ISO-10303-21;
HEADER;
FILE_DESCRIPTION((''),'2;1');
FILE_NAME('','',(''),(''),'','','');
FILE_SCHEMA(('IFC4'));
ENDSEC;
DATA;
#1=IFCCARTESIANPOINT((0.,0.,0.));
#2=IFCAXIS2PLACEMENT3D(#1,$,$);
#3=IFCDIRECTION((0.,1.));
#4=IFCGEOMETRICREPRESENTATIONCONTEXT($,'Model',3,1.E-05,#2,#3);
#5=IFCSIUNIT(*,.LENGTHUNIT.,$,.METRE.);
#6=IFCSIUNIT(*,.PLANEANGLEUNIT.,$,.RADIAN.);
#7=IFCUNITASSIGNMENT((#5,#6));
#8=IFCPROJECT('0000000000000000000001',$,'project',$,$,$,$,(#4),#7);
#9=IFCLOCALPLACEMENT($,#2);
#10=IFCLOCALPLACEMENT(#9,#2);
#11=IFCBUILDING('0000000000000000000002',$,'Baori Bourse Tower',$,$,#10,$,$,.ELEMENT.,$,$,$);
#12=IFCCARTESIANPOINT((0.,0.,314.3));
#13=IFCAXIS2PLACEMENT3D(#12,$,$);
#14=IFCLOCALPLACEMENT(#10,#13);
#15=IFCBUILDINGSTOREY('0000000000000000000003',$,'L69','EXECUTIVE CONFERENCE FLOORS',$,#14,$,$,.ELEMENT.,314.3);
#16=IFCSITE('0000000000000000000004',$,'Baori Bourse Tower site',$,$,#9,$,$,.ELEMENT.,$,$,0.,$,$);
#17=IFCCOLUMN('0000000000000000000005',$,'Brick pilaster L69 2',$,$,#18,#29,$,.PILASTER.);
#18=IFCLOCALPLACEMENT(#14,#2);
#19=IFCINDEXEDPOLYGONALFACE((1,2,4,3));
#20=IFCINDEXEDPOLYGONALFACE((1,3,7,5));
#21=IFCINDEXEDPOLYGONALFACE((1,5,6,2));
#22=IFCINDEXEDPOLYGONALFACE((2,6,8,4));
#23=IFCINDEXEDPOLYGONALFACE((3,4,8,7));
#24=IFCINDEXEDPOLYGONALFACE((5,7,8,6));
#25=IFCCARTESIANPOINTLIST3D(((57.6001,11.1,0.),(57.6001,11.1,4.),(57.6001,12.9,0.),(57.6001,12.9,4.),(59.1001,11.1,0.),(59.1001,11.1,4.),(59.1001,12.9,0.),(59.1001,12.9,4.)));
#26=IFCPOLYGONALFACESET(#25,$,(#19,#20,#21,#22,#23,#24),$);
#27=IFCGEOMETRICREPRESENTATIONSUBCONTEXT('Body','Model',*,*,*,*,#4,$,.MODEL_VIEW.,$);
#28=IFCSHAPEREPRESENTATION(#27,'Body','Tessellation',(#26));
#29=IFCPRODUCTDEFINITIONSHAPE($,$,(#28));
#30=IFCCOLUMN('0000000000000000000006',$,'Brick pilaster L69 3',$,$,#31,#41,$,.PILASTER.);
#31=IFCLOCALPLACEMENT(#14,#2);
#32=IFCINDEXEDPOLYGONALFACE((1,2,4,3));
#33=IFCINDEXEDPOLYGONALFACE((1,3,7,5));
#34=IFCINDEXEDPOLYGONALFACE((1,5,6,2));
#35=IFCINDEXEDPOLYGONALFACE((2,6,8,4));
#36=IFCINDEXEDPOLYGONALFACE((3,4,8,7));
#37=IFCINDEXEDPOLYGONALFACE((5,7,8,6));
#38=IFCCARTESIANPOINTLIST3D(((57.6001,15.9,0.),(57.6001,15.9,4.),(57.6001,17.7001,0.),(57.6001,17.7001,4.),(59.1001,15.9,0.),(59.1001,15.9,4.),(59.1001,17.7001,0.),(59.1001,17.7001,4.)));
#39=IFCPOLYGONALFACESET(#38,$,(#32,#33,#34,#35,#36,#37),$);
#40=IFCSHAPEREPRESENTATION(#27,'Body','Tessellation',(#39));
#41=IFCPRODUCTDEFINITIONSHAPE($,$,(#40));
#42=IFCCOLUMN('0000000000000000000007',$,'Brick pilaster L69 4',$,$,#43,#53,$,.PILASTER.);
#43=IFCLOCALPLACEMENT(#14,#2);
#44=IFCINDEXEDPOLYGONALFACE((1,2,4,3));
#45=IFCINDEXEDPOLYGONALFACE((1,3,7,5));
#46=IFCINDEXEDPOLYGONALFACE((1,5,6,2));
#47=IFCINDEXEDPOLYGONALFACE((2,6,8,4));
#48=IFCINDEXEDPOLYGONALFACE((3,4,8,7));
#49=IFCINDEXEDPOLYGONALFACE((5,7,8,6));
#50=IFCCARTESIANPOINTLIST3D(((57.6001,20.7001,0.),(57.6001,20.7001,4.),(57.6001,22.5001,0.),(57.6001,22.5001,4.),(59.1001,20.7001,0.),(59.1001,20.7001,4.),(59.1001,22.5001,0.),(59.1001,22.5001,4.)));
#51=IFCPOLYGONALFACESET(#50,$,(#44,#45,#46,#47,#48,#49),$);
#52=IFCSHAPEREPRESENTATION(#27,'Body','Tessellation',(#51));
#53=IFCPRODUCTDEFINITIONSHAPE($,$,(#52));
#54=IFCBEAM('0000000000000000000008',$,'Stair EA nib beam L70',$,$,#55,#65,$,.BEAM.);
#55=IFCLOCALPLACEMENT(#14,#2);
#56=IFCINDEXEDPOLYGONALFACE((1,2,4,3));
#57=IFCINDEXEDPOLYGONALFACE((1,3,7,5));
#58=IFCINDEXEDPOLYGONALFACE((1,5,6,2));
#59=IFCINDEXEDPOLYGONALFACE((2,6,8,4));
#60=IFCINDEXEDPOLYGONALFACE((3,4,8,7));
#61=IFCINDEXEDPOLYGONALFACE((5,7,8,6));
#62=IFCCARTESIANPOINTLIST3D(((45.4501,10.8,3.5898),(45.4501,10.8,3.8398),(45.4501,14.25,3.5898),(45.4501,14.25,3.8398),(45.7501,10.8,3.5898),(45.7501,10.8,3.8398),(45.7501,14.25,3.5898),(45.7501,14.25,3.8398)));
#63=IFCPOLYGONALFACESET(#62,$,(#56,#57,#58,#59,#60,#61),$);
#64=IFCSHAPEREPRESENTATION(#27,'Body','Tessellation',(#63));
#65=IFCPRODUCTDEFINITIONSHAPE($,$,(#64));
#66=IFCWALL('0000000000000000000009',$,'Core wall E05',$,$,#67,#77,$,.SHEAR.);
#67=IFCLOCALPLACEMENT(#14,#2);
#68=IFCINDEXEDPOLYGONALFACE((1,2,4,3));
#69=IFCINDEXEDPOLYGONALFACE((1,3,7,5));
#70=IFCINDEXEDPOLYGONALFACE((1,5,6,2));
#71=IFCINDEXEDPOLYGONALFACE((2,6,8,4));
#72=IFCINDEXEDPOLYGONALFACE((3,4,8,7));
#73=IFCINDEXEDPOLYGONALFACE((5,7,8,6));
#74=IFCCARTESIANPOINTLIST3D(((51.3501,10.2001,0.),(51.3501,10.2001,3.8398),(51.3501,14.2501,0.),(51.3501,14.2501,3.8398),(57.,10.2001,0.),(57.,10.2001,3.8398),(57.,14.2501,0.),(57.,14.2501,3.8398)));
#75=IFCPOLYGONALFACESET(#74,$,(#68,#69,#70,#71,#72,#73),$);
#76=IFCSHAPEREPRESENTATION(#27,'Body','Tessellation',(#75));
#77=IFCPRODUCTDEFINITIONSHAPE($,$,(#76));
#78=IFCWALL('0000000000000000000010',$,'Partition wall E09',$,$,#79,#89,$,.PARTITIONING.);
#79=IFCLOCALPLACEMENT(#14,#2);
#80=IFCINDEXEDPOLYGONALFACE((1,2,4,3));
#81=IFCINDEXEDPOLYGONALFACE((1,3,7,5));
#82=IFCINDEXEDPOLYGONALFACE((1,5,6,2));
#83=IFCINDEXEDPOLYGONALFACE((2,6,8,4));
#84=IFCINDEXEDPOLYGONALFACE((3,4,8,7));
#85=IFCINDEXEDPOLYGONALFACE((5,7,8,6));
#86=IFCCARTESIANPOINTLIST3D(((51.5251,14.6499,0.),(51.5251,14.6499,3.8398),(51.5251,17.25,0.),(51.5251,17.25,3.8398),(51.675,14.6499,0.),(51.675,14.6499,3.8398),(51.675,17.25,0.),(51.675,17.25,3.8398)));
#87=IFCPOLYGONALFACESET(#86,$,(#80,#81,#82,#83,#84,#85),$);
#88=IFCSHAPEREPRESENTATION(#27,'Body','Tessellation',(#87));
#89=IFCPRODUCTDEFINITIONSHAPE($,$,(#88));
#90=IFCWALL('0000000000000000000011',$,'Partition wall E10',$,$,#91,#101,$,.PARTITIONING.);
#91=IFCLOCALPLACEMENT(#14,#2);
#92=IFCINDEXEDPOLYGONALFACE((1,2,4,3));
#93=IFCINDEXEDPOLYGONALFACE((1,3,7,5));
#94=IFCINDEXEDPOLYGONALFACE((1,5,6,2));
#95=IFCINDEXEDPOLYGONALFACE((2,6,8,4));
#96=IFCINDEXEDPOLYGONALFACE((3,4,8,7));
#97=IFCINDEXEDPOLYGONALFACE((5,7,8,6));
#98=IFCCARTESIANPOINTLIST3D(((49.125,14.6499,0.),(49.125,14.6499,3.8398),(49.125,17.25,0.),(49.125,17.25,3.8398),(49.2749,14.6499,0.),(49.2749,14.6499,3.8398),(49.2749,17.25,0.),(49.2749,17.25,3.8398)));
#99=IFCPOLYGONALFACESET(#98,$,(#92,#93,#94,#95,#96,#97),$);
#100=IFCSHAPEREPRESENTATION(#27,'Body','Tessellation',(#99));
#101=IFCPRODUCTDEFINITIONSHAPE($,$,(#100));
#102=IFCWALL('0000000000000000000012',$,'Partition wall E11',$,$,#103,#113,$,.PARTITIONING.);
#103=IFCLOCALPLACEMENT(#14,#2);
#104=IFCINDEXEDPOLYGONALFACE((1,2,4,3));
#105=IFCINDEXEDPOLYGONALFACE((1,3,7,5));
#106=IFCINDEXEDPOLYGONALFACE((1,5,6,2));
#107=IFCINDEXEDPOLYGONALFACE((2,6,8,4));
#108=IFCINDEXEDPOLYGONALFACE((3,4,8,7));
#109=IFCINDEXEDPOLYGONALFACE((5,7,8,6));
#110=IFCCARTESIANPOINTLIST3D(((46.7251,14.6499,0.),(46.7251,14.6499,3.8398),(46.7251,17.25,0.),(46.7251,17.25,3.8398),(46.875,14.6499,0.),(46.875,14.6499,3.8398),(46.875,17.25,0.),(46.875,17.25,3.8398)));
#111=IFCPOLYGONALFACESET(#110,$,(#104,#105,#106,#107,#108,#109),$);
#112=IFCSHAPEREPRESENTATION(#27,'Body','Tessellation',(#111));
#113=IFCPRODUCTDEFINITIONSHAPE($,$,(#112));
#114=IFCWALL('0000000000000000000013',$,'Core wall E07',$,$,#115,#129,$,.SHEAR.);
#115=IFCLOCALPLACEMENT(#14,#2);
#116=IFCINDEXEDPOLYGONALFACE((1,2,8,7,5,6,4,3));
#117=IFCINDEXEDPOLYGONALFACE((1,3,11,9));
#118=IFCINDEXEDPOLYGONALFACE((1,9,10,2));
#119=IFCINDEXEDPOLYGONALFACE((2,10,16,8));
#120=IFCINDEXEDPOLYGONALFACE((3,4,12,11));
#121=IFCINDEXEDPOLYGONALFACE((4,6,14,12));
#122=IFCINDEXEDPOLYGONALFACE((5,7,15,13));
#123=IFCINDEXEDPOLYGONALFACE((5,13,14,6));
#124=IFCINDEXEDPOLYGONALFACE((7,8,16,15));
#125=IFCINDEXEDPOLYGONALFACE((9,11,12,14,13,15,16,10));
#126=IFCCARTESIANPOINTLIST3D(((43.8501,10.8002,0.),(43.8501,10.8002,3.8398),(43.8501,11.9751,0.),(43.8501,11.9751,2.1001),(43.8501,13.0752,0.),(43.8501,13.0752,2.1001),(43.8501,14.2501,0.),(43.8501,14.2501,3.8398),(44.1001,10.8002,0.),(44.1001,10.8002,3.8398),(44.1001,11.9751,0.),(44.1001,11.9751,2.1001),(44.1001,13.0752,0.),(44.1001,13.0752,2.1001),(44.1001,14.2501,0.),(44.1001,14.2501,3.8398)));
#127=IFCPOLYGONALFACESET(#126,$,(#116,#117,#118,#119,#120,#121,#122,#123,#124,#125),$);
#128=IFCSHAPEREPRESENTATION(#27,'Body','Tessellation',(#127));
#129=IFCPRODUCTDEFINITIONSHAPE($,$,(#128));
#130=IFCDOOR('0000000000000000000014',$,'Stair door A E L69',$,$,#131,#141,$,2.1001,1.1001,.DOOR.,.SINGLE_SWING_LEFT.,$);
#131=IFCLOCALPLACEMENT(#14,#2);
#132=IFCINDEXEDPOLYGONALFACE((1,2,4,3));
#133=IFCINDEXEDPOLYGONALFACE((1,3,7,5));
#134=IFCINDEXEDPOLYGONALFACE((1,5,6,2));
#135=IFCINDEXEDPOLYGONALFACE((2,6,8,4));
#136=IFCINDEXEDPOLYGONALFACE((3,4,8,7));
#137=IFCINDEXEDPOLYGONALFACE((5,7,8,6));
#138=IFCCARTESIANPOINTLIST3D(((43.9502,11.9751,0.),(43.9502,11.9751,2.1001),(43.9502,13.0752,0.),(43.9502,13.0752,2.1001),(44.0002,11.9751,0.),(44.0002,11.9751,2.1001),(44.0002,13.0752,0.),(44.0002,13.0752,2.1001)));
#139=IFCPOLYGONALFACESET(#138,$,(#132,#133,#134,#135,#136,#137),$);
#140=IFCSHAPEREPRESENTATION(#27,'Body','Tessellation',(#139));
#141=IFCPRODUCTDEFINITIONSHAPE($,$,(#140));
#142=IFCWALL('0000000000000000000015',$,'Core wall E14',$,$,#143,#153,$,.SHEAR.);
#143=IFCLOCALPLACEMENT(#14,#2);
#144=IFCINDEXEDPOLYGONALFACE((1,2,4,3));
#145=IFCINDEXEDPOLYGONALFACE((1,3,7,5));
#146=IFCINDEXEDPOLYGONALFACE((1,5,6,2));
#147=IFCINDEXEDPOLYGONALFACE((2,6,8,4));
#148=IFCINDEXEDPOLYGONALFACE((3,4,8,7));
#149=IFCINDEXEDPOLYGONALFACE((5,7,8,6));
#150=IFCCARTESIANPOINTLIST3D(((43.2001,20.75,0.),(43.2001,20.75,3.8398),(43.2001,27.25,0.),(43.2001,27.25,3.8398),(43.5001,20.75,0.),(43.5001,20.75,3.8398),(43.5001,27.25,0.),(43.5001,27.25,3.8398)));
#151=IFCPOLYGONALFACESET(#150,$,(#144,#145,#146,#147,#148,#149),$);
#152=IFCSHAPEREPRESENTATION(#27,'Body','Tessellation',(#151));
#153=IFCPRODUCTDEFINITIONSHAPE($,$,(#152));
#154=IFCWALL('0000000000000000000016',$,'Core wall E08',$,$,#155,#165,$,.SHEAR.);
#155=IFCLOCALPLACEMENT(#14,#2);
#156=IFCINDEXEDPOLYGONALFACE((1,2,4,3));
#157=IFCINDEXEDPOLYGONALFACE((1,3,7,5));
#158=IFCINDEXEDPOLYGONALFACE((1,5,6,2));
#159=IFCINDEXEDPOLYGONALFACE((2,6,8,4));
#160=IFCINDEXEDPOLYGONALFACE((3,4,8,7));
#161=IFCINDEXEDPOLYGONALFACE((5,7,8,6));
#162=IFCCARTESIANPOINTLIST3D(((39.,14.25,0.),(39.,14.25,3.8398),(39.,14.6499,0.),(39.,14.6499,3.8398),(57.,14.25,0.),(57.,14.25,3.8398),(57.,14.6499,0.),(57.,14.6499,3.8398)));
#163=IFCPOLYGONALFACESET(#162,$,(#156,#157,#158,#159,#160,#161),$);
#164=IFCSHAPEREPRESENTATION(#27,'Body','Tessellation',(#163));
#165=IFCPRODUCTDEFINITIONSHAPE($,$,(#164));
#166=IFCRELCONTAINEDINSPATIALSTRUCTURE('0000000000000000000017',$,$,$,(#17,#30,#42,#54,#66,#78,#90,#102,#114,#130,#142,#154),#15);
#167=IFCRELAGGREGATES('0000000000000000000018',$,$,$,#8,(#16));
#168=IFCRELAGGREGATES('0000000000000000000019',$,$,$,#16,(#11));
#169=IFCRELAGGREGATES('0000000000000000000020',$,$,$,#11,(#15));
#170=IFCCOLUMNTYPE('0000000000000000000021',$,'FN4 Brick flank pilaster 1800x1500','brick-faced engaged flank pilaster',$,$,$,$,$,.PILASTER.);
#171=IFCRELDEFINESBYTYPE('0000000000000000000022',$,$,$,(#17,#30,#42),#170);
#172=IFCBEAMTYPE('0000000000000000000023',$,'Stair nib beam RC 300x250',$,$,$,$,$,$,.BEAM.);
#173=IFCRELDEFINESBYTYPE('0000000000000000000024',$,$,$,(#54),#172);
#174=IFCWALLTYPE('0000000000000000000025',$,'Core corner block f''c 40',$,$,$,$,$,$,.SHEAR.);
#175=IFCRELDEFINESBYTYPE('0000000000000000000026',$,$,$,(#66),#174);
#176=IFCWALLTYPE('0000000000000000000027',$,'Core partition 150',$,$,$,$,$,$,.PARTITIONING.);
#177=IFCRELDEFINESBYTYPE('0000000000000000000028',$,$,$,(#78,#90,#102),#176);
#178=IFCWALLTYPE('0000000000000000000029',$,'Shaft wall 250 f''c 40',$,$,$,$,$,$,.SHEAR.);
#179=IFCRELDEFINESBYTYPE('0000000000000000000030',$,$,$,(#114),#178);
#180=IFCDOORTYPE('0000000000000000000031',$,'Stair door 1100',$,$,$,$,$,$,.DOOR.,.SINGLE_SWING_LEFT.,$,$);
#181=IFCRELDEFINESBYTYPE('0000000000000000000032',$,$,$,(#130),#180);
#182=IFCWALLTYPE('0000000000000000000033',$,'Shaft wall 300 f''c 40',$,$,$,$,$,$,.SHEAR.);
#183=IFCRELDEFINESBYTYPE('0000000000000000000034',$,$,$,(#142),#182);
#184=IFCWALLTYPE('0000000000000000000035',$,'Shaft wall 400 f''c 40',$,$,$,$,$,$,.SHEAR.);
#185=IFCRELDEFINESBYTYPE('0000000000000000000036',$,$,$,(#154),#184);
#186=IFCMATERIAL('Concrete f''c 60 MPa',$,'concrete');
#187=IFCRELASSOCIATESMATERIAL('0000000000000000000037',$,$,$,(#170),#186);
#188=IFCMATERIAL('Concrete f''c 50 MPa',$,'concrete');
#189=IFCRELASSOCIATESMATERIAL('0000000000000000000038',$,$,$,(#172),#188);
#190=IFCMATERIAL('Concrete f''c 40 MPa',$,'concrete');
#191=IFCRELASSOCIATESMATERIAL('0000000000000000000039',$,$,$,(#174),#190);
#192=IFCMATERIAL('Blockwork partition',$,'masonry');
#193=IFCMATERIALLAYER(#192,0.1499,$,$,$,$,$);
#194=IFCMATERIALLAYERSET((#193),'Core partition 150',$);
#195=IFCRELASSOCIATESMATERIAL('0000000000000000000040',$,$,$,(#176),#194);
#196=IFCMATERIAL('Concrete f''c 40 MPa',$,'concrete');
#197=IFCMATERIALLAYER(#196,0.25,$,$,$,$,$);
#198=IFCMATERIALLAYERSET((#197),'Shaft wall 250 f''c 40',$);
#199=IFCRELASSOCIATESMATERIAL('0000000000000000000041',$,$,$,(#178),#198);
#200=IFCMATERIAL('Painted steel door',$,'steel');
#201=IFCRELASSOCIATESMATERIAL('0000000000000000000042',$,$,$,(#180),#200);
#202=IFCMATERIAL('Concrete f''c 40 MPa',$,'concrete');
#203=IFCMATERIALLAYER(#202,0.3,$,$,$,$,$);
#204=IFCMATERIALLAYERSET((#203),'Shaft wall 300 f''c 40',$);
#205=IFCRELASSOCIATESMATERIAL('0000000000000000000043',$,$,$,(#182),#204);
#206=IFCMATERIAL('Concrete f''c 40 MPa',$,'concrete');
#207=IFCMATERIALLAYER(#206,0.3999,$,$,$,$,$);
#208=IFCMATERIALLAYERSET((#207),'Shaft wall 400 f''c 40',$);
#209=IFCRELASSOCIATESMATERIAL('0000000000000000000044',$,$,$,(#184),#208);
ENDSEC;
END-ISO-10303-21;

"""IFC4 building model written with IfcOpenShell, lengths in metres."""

from ifc_helpers import new_model, si_unit, direction, frame, frame_2d, origin, origin_2d, place, context, subcontext, project, spatial, rectangle, extrude, material, layer, layer_set, material_profile, profile_set, type_object, element, fill, save


model = new_model("IFC4")

# Units and contexts
model_context = context("Model", 3, precision=1e-05, world=origin(), true_north=direction((0.0, 1.0)))
body_context = subcontext(model_context, "Body", "Model", "MODEL_VIEW")
ifc_project = project(units=[si_unit("LENGTHUNIT", "METRE"), si_unit("PLANEANGLEUNIT", "RADIAN")], contexts=[model_context])

# Site, building, storey
site_placement = place(None, origin())
site = spatial("IfcSite", under=ifc_project, at=site_placement, Name="Baori Bourse Tower site", CompositionType="ELEMENT", RefElevation=0.0)
building_placement = place(site_placement, origin())
building = spatial("IfcBuilding", under=site, at=building_placement, Name="Baori Bourse Tower", CompositionType="ELEMENT")
storey_placement = place(building_placement, frame((0.0, 0.0, 314.3)))
storey = spatial("IfcBuildingStorey", under=building, at=storey_placement, Name="L69", Description="EXECUTIVE CONFERENCE FLOORS", CompositionType="ELEMENT", Elevation=314.3)

# Columns
ifc_material_1 = material(Name="Concrete f'c 60 MPa", Category="concrete")
ifc_material_profile_1 = material_profile(ifc_material_1, rectangle(XDim=1.8, YDim=1.5, at=origin_2d()), Name="RC 1800x1500")
ifc_profile_set_1 = profile_set([ifc_material_profile_1], Name="Concrete f'c 60 MPa")
column_type = type_object("IfcColumnType", Name="FN4 Brick flank pilaster 1800x1500", Description="brick-faced engaged flank pilaster", PredefinedType="PILASTER", material=ifc_profile_set_1)
for number, where, z_axis, x_axis, name in (
    (1, (58.3501, 12.0, 0.0), (0.0, 0.0, 1.0), (0.0, 1.0, 0.0), "Brick pilaster L69 2"),
    (2, (58.3501, 16.8, 0.0), (0.0, 0.0, 1.0), (0.0, 1.0, 0.0), "Brick pilaster L69 3"),
    (3, (58.3501, 21.6001, 0.0), (0.0, 0.0, 1.0), (0.0, 1.0, 0.0), "Brick pilaster L69 4"),
):
    element("IfcColumn", number, at=place(storey_placement, frame(where, z_axis=z_axis, x_axis=x_axis)), inside=storey, type_object=column_type, Name=name, PredefinedType="PILASTER", context=body_context, shape_type="SweptSolid", body=[
        extrude(rectangle(XDim=1.8, YDim=1.5, at=origin_2d()), origin(), (0.0, 0.0, 1.0), 4.0),
    ])

# Beam
ifc_material_2 = material(Name="Concrete f'c 50 MPa", Category="concrete")
ifc_material_profile_2 = material_profile(ifc_material_2, rectangle(XDim=0.3, YDim=0.25, at=origin_2d()), Name="RC 300x250")
ifc_profile_set_2 = profile_set([ifc_material_profile_2], Name="Concrete f'c 50 MPa")
beam_type = type_object("IfcBeamType", Name="Stair nib beam RC 300x250", PredefinedType="BEAM", material=ifc_profile_set_2)
beam_placement = place(storey_placement, frame((45.6001, 10.8, 3.7148), z_axis=(0.0, 1.0, 0.0), x_axis=(-1.0, 0.0, 0.0)))
element("IfcBeam", 4, at=beam_placement, inside=storey, type_object=beam_type, Name="Stair EA nib beam L70", PredefinedType="BEAM", context=body_context, shape_type="SweptSolid", body=[
    extrude(rectangle(XDim=0.3, YDim=0.25, at=origin_2d()), origin(), (0.0, 0.0, 1.0), 3.45),
])

# Walls
ifc_material_3 = material(Name="Concrete f'c 40 MPa", Category="concrete")
wall_type_1 = type_object("IfcWallType", Name="Core corner block f'c 40", PredefinedType="SHEAR", material=ifc_material_3)
wall_1_placement = place(storey_placement, frame((51.3501, 12.2251, 0.0), z_axis=(0.0, 0.0, 1.0), x_axis=(1.0, 0.0, 0.0)))
element("IfcWall", 5, at=wall_1_placement, inside=storey, type_object=wall_type_1, Name="Core wall E05", PredefinedType="SHEAR", context=body_context, shape_type="SweptSolid", body=[
    extrude(rectangle(XDim=5.6499, YDim=4.05, at=frame_2d((2.825, 0.0))), origin(), (0.0, 0.0, 1.0), 3.8398),
])
ifc_material_4 = material(Name="Blockwork partition", Category="masonry")
ifc_layer_1 = layer(ifc_material_4, 0.1499)
ifc_layer_set_1 = layer_set([ifc_layer_1], Name="Core partition 150")
wall_type_2 = type_object("IfcWallType", Name="Core partition 150", PredefinedType="PARTITIONING", material=ifc_layer_set_1)
for number, where, z_axis, x_axis, name in (
    (6, (51.6001, 14.6499, 0.0), (0.0, 0.0, 1.0), (0.0, 1.0, 0.0), "Partition wall E09"),
    (7, (49.2, 14.6499, 0.0), (0.0, 0.0, 1.0), (0.0, 1.0, 0.0), "Partition wall E10"),
    (8, (46.8, 14.6499, 0.0), (0.0, 0.0, 1.0), (0.0, 1.0, 0.0), "Partition wall E11"),
):
    element("IfcWall", number, at=place(storey_placement, frame(where, z_axis=z_axis, x_axis=x_axis)), inside=storey, type_object=wall_type_2, Name=name, PredefinedType="PARTITIONING", context=body_context, shape_type="SweptSolid", body=[
        extrude(rectangle(XDim=2.6001, YDim=0.1499, at=frame_2d((1.3, 0.0))), origin(), (0.0, 0.0, 1.0), 3.8398),
    ])

# Wall, opening, door
ifc_material_5 = material(Name="Concrete f'c 40 MPa", Category="concrete")
ifc_layer_2 = layer(ifc_material_5, 0.25)
ifc_layer_set_2 = layer_set([ifc_layer_2], Name="Shaft wall 250 f'c 40")
wall_type_3 = type_object("IfcWallType", Name="Shaft wall 250 f'c 40", PredefinedType="SHEAR", material=ifc_layer_set_2)
wall_2_placement = place(storey_placement, frame((43.9751, 10.8, 0.0), z_axis=(0.0, 0.0, 1.0), x_axis=(0.0, 1.0, 0.0)))
wall_2 = element("IfcWall", 9, at=wall_2_placement, inside=storey, type_object=wall_type_3, Name="Core wall E07", PredefinedType="SHEAR", context=body_context, shape_type="SweptSolid", body=[
    extrude(rectangle(XDim=3.45, YDim=0.25, at=frame_2d((1.7251, 0.0))), origin(), (0.0, 0.0, 1.0), 3.8398),
])
opening_1_placement = place(wall_2_placement, frame((1.175, 0.0, 0.0)))
opening_1 = element("IfcOpeningElement", 10, at=opening_1_placement, cuts=wall_2, PredefinedType="OPENING", context=body_context, shape_type="SweptSolid", body=[
    extrude(rectangle(XDim=1.1001, YDim=2.1001, at=frame_2d((0.55, 1.05))), frame((0.0, 0.135, 0.0), z_axis=(0.0, -1.0, 0.0), x_axis=(1.0, 0.0, 0.0)), (0.0, 0.0, 1.0), 0.27),
])
ifc_material_6 = material(Name="Painted steel door", Category="steel")
door_type_1 = type_object("IfcDoorType", Name="Stair door 1100", OperationType="SINGLE_SWING_LEFT", PredefinedType="DOOR", material=ifc_material_6)
door_1_placement = place(opening_1_placement, origin())
door_1 = element("IfcDoor", 11, at=door_1_placement, inside=storey, type_object=door_type_1, Name="Stair door A E L69", OperationType="SINGLE_SWING_LEFT", OverallHeight=2.1001, OverallWidth=1.1001, PredefinedType="DOOR", context=body_context, shape_type="SweptSolid", body=[
    extrude(rectangle(XDim=1.1001, YDim=2.1001, at=frame_2d((0.55, 1.05))), frame((0.0, 0.0249, 0.0), z_axis=(0.0, -1.0, 0.0), x_axis=(1.0, 0.0, 0.0)), (0.0, 0.0, 1.0), 0.05),
])
fill(opening_1, door_1)

# Walls
ifc_material_7 = material(Name="Concrete f'c 40 MPa", Category="concrete")
ifc_layer_3 = layer(ifc_material_7, 0.3)
ifc_layer_set_3 = layer_set([ifc_layer_3], Name="Shaft wall 300 f'c 40")
wall_type_4 = type_object("IfcWallType", Name="Shaft wall 300 f'c 40", PredefinedType="SHEAR", material=ifc_layer_set_3)
wall_3_placement = place(storey_placement, frame((43.3501, 20.75, 0.0), z_axis=(0.0, 0.0, 1.0), x_axis=(0.0, 1.0, 0.0)))
element("IfcWall", 12, at=wall_3_placement, inside=storey, type_object=wall_type_4, Name="Core wall E14", PredefinedType="SHEAR", context=body_context, shape_type="SweptSolid", body=[
    extrude(rectangle(XDim=6.5, YDim=0.3, at=frame_2d((3.25, 0.0))), origin(), (0.0, 0.0, 1.0), 3.8398),
])
ifc_material_8 = material(Name="Concrete f'c 40 MPa", Category="concrete")
ifc_layer_4 = layer(ifc_material_8, 0.3999)
ifc_layer_set_4 = layer_set([ifc_layer_4], Name="Shaft wall 400 f'c 40")
wall_type_5 = type_object("IfcWallType", Name="Shaft wall 400 f'c 40", PredefinedType="SHEAR", material=ifc_layer_set_4)
wall_4_placement = place(storey_placement, frame((39.0, 14.45, 0.0), z_axis=(0.0, 0.0, 1.0), x_axis=(1.0, 0.0, 0.0)))
element("IfcWall", 13, at=wall_4_placement, inside=storey, type_object=wall_type_5, Name="Core wall E08", PredefinedType="SHEAR", context=body_context, shape_type="SweptSolid", body=[
    extrude(rectangle(XDim=18.0, YDim=0.3999, at=frame_2d((9.0, 0.0))), origin(), (0.0, 0.0, 1.0), 3.8398),
])

save(model, "model.ifc")
